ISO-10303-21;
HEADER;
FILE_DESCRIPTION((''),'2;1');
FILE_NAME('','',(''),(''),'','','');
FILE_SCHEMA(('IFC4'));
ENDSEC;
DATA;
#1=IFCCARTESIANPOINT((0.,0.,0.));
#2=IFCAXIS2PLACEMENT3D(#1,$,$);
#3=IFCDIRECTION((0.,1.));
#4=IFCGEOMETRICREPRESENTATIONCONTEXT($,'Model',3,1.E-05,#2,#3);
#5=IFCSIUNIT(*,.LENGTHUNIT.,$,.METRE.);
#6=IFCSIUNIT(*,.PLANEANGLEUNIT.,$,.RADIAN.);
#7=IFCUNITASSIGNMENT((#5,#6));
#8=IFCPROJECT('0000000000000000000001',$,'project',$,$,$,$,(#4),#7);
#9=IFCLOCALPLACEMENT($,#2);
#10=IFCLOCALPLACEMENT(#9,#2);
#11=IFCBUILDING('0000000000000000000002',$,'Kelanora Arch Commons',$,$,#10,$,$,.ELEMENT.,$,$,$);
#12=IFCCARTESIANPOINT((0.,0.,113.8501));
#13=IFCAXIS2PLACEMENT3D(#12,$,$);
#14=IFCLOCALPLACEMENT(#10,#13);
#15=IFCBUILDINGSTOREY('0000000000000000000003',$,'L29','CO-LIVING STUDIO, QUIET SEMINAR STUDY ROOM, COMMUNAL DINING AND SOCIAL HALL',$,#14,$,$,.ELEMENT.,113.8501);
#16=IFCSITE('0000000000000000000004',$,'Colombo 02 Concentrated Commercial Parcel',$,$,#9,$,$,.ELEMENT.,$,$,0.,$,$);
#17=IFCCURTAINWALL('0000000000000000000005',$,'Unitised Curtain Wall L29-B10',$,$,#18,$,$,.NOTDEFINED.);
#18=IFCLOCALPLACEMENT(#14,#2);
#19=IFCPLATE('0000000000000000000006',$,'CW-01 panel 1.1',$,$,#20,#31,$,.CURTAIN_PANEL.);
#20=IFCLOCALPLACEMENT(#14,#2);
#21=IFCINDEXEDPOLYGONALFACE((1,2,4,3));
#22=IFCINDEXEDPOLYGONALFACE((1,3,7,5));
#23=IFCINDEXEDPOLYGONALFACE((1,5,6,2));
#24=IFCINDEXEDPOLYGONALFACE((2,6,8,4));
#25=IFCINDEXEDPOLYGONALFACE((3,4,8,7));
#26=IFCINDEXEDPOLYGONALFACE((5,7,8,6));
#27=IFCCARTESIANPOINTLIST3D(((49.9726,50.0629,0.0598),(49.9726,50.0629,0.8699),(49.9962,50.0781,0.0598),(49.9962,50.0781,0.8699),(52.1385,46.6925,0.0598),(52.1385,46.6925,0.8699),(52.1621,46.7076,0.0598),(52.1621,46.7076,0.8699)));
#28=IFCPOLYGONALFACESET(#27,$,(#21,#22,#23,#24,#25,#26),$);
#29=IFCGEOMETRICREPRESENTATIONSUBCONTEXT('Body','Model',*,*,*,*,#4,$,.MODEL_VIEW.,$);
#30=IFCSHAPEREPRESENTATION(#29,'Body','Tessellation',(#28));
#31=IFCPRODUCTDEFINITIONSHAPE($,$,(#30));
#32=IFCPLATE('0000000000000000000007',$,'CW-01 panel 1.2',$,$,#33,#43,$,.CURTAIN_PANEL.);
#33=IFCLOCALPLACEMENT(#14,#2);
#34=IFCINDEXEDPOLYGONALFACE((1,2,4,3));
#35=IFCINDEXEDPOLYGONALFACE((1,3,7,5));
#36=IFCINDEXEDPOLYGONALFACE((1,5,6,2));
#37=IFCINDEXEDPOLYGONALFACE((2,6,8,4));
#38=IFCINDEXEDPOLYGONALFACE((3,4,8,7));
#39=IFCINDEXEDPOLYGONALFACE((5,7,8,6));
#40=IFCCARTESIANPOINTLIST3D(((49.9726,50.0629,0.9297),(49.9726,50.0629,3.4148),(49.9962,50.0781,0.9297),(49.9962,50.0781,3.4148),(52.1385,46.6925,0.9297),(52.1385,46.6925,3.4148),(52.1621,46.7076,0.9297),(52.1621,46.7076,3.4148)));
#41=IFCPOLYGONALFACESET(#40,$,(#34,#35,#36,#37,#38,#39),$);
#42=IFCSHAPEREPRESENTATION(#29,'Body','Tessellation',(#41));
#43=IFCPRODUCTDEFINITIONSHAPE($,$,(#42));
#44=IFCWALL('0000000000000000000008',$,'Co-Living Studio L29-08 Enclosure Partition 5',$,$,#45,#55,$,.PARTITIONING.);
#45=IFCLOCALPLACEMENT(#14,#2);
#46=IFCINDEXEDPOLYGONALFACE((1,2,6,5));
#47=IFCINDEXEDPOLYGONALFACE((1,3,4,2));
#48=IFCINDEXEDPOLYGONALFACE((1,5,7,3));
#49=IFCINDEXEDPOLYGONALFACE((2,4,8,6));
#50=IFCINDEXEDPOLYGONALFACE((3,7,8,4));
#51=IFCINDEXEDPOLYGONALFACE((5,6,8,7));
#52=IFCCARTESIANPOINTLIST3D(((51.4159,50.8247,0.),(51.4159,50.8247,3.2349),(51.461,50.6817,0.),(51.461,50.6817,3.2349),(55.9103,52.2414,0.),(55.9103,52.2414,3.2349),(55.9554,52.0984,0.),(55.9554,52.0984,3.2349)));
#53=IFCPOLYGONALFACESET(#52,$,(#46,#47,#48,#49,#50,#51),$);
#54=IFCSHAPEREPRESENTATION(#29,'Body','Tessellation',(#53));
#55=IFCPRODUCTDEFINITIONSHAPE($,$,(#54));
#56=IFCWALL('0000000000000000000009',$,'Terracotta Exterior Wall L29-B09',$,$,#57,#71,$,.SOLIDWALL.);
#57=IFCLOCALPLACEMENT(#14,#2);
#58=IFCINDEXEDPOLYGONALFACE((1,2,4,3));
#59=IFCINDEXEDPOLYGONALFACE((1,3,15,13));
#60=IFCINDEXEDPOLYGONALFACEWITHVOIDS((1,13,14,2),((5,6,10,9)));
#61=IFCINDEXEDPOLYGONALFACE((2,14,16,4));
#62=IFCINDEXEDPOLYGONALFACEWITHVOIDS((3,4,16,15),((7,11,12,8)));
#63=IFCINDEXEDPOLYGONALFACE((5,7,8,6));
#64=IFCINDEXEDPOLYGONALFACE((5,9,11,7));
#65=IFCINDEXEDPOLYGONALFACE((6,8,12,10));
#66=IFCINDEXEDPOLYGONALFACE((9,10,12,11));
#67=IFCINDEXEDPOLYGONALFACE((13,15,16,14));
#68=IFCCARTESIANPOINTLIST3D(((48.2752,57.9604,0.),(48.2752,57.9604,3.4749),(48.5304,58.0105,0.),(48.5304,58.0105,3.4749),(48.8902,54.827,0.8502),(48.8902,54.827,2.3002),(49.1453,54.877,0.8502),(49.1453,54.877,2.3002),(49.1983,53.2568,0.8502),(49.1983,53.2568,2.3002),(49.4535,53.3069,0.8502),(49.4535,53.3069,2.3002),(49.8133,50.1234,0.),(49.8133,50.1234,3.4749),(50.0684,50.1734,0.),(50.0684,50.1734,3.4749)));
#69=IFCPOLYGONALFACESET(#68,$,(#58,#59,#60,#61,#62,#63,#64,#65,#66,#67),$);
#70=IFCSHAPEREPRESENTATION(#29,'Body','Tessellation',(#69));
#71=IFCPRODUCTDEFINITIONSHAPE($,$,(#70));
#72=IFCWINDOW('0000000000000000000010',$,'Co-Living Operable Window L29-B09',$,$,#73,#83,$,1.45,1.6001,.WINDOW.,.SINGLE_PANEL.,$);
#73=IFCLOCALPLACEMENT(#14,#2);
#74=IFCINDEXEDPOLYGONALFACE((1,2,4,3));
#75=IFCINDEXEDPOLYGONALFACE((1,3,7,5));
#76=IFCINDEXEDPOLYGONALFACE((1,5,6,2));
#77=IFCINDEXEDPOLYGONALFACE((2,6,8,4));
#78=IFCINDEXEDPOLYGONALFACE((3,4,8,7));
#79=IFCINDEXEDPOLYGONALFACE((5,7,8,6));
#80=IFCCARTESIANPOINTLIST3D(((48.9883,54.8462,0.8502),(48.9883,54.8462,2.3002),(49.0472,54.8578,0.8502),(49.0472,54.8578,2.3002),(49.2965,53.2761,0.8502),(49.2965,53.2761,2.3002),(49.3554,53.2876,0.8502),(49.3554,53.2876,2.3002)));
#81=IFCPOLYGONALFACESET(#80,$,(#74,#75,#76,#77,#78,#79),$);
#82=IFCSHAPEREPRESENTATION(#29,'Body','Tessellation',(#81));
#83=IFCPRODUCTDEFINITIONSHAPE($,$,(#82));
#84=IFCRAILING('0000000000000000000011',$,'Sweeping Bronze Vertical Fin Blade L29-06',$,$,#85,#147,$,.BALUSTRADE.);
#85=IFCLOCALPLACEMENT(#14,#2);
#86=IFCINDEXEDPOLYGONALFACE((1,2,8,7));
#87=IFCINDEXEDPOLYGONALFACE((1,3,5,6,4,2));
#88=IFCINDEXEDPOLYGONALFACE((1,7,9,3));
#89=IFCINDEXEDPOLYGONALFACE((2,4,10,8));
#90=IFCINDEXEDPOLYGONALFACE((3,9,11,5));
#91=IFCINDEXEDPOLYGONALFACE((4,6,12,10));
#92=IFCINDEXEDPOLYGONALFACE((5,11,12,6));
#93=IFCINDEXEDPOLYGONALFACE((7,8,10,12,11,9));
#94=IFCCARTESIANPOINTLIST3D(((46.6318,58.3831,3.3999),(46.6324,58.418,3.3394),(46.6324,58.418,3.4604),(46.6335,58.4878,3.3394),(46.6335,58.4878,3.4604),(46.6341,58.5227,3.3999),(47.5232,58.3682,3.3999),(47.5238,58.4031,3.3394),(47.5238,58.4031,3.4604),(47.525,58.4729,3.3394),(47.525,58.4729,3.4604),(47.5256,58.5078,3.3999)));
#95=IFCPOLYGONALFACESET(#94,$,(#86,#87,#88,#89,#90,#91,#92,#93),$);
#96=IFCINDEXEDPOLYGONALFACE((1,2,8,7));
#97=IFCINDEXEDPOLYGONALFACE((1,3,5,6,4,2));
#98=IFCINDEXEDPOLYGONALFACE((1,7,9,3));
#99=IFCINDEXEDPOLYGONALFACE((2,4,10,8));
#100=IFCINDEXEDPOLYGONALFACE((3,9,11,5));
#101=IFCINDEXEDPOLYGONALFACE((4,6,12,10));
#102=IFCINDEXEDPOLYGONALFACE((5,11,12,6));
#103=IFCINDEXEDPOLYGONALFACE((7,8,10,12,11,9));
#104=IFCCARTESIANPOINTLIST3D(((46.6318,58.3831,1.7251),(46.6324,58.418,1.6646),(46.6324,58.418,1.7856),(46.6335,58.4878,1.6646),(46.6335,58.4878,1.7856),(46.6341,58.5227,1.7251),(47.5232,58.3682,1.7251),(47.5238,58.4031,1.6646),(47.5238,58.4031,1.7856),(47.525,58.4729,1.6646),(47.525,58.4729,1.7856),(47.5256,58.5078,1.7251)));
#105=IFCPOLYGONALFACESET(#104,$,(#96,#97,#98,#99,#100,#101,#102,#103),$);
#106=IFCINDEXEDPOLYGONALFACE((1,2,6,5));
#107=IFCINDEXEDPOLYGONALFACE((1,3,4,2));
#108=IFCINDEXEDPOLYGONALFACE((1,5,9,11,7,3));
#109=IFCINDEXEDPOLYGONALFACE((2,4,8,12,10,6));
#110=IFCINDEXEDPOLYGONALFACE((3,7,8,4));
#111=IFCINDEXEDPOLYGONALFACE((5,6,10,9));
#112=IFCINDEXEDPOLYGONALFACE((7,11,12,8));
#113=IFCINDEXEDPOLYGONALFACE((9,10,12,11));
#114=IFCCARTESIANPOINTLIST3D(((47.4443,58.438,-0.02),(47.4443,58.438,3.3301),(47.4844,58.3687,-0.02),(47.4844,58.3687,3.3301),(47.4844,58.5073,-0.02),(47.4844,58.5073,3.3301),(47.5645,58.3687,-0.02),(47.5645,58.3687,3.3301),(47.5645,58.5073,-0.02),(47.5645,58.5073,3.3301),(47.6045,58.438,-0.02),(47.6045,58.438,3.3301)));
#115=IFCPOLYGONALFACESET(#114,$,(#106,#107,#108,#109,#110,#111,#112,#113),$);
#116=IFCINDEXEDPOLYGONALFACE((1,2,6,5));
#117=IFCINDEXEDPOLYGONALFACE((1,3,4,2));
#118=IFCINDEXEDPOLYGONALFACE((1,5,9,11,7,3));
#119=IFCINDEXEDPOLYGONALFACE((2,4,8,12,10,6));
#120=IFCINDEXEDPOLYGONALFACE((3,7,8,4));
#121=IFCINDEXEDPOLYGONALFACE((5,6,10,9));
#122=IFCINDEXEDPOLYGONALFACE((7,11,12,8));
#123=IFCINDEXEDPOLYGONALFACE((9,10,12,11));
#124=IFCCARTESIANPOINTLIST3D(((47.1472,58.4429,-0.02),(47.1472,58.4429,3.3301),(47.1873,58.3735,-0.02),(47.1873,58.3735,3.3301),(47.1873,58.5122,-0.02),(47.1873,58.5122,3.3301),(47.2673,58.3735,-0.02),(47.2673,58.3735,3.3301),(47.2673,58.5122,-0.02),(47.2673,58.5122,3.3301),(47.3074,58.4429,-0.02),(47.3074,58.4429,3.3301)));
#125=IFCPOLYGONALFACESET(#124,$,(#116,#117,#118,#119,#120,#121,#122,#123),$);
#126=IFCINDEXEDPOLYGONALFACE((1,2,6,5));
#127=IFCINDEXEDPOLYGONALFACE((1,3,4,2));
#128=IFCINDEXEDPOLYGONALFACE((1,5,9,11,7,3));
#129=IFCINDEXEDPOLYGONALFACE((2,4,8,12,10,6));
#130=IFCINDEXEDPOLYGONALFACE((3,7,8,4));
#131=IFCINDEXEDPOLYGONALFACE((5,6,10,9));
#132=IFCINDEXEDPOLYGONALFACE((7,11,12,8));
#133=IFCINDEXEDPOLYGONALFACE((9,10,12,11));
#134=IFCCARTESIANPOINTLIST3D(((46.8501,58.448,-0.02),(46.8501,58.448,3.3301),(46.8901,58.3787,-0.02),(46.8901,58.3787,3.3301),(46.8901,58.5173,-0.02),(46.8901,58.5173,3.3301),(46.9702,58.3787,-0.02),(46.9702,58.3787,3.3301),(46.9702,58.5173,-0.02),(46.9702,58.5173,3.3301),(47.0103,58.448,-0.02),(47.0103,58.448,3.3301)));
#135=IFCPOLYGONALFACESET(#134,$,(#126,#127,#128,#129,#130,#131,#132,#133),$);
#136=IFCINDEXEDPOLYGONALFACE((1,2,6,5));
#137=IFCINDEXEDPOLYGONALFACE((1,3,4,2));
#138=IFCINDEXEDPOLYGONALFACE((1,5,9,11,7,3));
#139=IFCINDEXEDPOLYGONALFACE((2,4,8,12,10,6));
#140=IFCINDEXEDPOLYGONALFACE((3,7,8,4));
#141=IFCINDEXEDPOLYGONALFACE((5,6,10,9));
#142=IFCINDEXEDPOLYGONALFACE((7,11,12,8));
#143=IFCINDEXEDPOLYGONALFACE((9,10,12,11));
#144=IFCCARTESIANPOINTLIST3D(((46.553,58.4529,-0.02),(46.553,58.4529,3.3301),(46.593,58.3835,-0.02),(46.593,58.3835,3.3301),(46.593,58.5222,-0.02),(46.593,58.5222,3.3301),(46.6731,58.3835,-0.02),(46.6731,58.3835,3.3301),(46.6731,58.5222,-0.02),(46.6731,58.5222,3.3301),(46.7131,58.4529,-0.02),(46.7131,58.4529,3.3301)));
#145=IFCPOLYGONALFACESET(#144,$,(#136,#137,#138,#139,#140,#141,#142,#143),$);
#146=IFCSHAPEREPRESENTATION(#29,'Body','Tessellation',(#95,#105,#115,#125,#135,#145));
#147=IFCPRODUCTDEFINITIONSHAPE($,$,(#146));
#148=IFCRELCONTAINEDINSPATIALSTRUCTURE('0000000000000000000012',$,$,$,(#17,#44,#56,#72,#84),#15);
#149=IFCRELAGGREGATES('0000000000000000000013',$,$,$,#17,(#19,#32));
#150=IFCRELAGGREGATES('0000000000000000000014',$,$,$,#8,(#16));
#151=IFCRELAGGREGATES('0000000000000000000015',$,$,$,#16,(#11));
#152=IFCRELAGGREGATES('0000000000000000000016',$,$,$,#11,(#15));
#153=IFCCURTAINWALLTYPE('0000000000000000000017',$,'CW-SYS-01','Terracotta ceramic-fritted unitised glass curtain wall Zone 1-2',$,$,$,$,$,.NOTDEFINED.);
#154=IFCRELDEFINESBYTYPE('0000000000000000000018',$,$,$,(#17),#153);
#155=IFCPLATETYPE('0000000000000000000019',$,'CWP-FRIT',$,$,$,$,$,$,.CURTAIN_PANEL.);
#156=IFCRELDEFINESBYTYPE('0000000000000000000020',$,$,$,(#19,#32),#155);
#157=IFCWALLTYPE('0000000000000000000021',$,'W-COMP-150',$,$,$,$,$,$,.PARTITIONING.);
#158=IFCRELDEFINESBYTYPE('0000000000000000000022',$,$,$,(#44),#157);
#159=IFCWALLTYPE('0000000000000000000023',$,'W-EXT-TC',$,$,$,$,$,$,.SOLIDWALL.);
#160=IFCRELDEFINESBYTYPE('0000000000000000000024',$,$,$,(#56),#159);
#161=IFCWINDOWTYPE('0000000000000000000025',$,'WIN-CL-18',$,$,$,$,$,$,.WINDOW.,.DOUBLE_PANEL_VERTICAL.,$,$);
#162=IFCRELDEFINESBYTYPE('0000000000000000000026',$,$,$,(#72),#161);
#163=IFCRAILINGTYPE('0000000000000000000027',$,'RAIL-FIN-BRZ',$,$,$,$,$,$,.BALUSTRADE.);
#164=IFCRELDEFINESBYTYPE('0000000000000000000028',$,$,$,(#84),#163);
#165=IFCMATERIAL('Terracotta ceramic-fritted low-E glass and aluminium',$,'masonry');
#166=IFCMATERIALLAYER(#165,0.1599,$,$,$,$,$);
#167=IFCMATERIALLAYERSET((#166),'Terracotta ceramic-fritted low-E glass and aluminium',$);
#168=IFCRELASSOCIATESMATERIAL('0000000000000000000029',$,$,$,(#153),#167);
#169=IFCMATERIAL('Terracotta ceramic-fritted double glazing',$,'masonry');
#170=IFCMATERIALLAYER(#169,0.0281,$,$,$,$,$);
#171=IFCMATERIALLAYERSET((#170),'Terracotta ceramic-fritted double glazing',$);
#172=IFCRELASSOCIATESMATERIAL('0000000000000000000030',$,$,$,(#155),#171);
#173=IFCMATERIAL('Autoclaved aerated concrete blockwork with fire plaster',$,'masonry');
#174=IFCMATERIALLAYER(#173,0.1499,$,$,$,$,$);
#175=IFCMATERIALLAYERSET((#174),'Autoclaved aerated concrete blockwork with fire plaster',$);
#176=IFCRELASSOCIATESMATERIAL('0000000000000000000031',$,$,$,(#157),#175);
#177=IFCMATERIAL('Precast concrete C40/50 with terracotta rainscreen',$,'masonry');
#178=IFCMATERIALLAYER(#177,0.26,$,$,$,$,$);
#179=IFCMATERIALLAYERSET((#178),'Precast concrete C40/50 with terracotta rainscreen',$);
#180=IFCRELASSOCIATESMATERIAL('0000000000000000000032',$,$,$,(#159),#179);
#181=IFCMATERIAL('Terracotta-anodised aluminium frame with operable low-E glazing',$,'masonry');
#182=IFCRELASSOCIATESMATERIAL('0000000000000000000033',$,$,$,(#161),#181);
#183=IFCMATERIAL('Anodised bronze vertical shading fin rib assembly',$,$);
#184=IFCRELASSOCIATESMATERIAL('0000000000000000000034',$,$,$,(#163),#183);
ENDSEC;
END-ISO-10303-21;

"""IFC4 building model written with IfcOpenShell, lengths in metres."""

from ifc_helpers import new_model, si_unit, direction, frame, frame_2d, origin, origin_2d, place, context, subcontext, project, spatial, polyline, rectangle, outline, extrude, source, transform, mapped, material, layer, layer_set, type_object, element, fill, aggregate, save


model = new_model("IFC4")

# Units and contexts
model_context = context("Model", 3, precision=1e-05, world=origin(), true_north=direction((0.0, 1.0)))
body_context = subcontext(model_context, "Body", "Model", "MODEL_VIEW")
ifc_project = project(units=[si_unit("LENGTHUNIT", "METRE"), si_unit("PLANEANGLEUNIT", "RADIAN")], contexts=[model_context])

# Site, building, storey
site_placement = place(None, origin())
site = spatial("IfcSite", under=ifc_project, at=site_placement, Name="Colombo 02 Concentrated Commercial Parcel", CompositionType="ELEMENT", RefElevation=0.0)
building_placement = place(site_placement, origin())
building = spatial("IfcBuilding", under=site, at=building_placement, Name="Kelanora Arch Commons", CompositionType="ELEMENT")
storey_placement = place(building_placement, frame((0.0, 0.0, 113.8501)))
storey = spatial("IfcBuildingStorey", under=building, at=storey_placement, Name="L29", Description="CO-LIVING STUDIO, QUIET SEMINAR STUDY ROOM, COMMUNAL DINING AND SOCIAL HALL", CompositionType="ELEMENT", Elevation=113.8501)

# Shared definitions
ifc_material_1 = material(Name="Terracotta ceramic-fritted low-E glass and aluminium", Category="masonry")
ifc_layer_1 = layer(ifc_material_1, 0.1599)
ifc_layer_set_1 = layer_set([ifc_layer_1], Name="Terracotta ceramic-fritted low-E glass and aluminium")
curtain_wall_type = type_object("IfcCurtainWallType", Name="CW-SYS-01", Description="Terracotta ceramic-fritted unitised glass curtain wall Zone 1-2", PredefinedType="NOTDEFINED", material=ifc_layer_set_1)

# Curtain wall
curtain_wall_1_placement = place(storey_placement, origin())
curtain_wall_1 = element("IfcCurtainWall", 1, at=curtain_wall_1_placement, inside=storey, type_object=curtain_wall_type, Name="Unitised Curtain Wall L29-B10", PredefinedType="NOTDEFINED")

# Plates
ifc_material_2 = material(Name="Terracotta ceramic-fritted double glazing", Category="masonry")
ifc_layer_2 = layer(ifc_material_2, 0.0281)
ifc_layer_set_2 = layer_set([ifc_layer_2], Name="Terracotta ceramic-fritted double glazing")
plate_type = type_object("IfcPlateType", Name="CWP-FRIT", PredefinedType="CURTAIN_PANEL", material=ifc_layer_set_2)
shared_shape_1 = source(origin(), body_context, "Body", "SweptSolid", [
    extrude(rectangle(XDim=4.0063, YDim=0.0281, at=origin_2d()), origin(), (0.0, 0.0, 1.0), 0.8101),
])
plate_1_placement = place(storey_placement, frame((51.0674, 48.3853, 0.0598), z_axis=(0.0, 0.0, 1.0), x_axis=(0.540617, -0.841269, 0.0)))
plate_1 = element("IfcPlate", 2, at=plate_1_placement, type_object=plate_type, Name="CW-01 panel 1.1", PredefinedType="CURTAIN_PANEL", context=body_context, shape_type="MappedRepresentation", body=[
    mapped(shared_shape_1, transform((0.0, 0.0, 0.0), scale=1.0)),
])
shared_shape_2 = source(origin(), body_context, "Body", "SweptSolid", [
    extrude(rectangle(XDim=4.0063, YDim=0.0281, at=origin_2d()), origin(), (0.0, 0.0, 1.0), 2.4851),
])
plate_2_placement = place(storey_placement, frame((51.0674, 48.3853, 0.9297), z_axis=(0.0, 0.0, 1.0), x_axis=(0.540617, -0.841269, 0.0)))
plate_2 = element("IfcPlate", 3, at=plate_2_placement, type_object=plate_type, Name="CW-01 panel 1.2", PredefinedType="CURTAIN_PANEL", context=body_context, shape_type="MappedRepresentation", body=[
    mapped(shared_shape_2, transform((0.0, 0.0, 0.0), scale=1.0)),
])
aggregate(curtain_wall_1, [plate_1, plate_2])

# Wall
ifc_material_3 = material(Name="Autoclaved aerated concrete blockwork with fire plaster", Category="masonry")
ifc_layer_3 = layer(ifc_material_3, 0.1499)
ifc_layer_set_3 = layer_set([ifc_layer_3], Name="Autoclaved aerated concrete blockwork with fire plaster")
wall_type_1 = type_object("IfcWallType", Name="W-COMP-150", PredefinedType="PARTITIONING", material=ifc_layer_set_3)
wall_1_placement = place(storey_placement, frame((51.4385, 50.7532, 0.0), z_axis=(0.0, 0.0, 1.0), x_axis=(0.953737, 0.300643, 0.0)))
element("IfcWall", 4, at=wall_1_placement, inside=storey, type_object=wall_type_1, Name="Co-Living Studio L29-08 Enclosure Partition 5", PredefinedType="PARTITIONING", context=body_context, shape_type="SweptSolid", body=[
    extrude(rectangle(XDim=4.7124, YDim=0.1499, at=frame_2d((2.3562, 0.0))), origin(), (0.0, 0.0, 1.0), 3.2349),
])

# Wall, opening, window
ifc_material_4 = material(Name="Precast concrete C40/50 with terracotta rainscreen", Category="masonry")
ifc_layer_4 = layer(ifc_material_4, 0.26)
ifc_layer_set_4 = layer_set([ifc_layer_4], Name="Precast concrete C40/50 with terracotta rainscreen")
wall_type_2 = type_object("IfcWallType", Name="W-EXT-TC", PredefinedType="SOLIDWALL", material=ifc_layer_set_4)
wall_2_placement = place(storey_placement, frame((48.4028, 57.9854, 0.0), z_axis=(0.0, 0.0, 1.0), x_axis=(0.192582, -0.981281, 0.0)))
wall_2 = element("IfcWall", 5, at=wall_2_placement, inside=storey, type_object=wall_type_2, Name="Terracotta Exterior Wall L29-B09", PredefinedType="SOLIDWALL", context=body_context, shape_type="SweptSolid", body=[
    extrude(rectangle(XDim=7.9866, YDim=0.26, at=frame_2d((3.9932, 0.0))), origin(), (0.0, 0.0, 1.0), 3.4749),
])
opening_placement = place(wall_2_placement, frame((3.1931, 0.0, 0.8501)))
opening = element("IfcOpeningElement", 6, at=opening_placement, cuts=wall_2, PredefinedType="OPENING", context=body_context, shape_type="SweptSolid", body=[
    extrude(rectangle(XDim=1.6001, YDim=1.45, at=frame_2d((0.8, 0.7251))), frame((0.0, 0.1401, 0.0), z_axis=(0.0, -1.0, 0.0), x_axis=(1.0, 0.0, 0.0)), (0.0, 0.0, 1.0), 0.28),
])
ifc_material_5 = material(Name="Terracotta-anodised aluminium frame with operable low-E glazing", Category="masonry")
window_type = type_object("IfcWindowType", Name="WIN-CL-18", PartitioningType="DOUBLE_PANEL_VERTICAL", PredefinedType="WINDOW", material=ifc_material_5)
window_placement = place(opening_placement, origin())
window = element("IfcWindow", 7, at=window_placement, inside=storey, type_object=window_type, Name="Co-Living Operable Window L29-B09", OverallHeight=1.45, OverallWidth=1.6001, PartitioningType="SINGLE_PANEL", PredefinedType="WINDOW", context=body_context, shape_type="SweptSolid", body=[
    extrude(rectangle(XDim=1.6001, YDim=1.45, at=frame_2d((0.8, 0.7251))), frame((0.0, 0.03, 0.0), z_axis=(0.0, -1.0, 0.0), x_axis=(1.0, 0.0, 0.0)), (0.0, 0.0, 1.0), 0.0601),
])
fill(opening, window)

# Railing
ifc_material_6 = material(Name="Anodised bronze vertical shading fin rib assembly")
railing_type = type_object("IfcRailingType", Name="RAIL-FIN-BRZ", PredefinedType="BALUSTRADE", material=ifc_material_6)
railing_1_placement = place(storey_placement, frame((47.5244, 58.438, -0.02)))
element("IfcRailing", 8, at=railing_1_placement, inside=storey, type_object=railing_type, Name="Sweeping Bronze Vertical Fin Blade L29-06", PredefinedType="BALUSTRADE", context=body_context, shape_type="SweptSolid", body=[
    extrude(outline(polyline([(0.0698, 0.0), (0.0349, 0.0605), (-0.0349, 0.0605), (-0.0698, 0.0), (-0.0349, -0.0605), (0.0349, -0.0605), (0.0698, 0.0)])), frame((0.0, 0.0, 3.4199), z_axis=(-0.99986, 0.016705, 0.0), x_axis=(-0.016705, -0.99986, 0.0)), (0.0, 0.0, 1.0), 0.8916),
    extrude(outline(polyline([(0.0698, 0.0), (0.0349, 0.0605), (-0.0349, 0.0605), (-0.0698, 0.0), (-0.0349, -0.0605), (0.0349, -0.0605), (0.0698, 0.0)])), frame((0.0, 0.0, 1.7451), z_axis=(-0.99986, 0.016705, 0.0), x_axis=(-0.016705, -0.99986, 0.0)), (0.0, 0.0, 1.0), 0.8916),
    extrude(outline(polyline([(0.0801, 0.0), (0.04, 0.0693), (-0.04, 0.0693), (-0.0801, 0.0), (-0.04, -0.0693), (0.04, -0.0693), (0.0801, 0.0)])), origin(), (0.0, 0.0, 1.0), 3.3501),
    extrude(outline(polyline([(0.0801, 0.0), (0.04, 0.0693), (-0.04, 0.0693), (-0.0801, 0.0), (-0.04, -0.0693), (0.04, -0.0693), (0.0801, 0.0)])), frame((-0.2971, 0.0049, 0.0)), (0.0, 0.0, 1.0), 3.3501),
    extrude(outline(polyline([(0.0801, 0.0), (0.04, 0.0693), (-0.04, 0.0693), (-0.0801, 0.0), (-0.04, -0.0693), (0.04, -0.0693), (0.0801, 0.0)])), frame((-0.5942, 0.01, 0.0)), (0.0, 0.0, 1.0), 3.3501),
    extrude(outline(polyline([(0.0801, 0.0), (0.04, 0.0693), (-0.04, 0.0693), (-0.0801, 0.0), (-0.04, -0.0693), (0.04, -0.0693), (0.0801, 0.0)])), frame((-0.8914, 0.0149, 0.0)), (0.0, 0.0, 1.0), 3.3501),
])

save(model, "model.ifc")
